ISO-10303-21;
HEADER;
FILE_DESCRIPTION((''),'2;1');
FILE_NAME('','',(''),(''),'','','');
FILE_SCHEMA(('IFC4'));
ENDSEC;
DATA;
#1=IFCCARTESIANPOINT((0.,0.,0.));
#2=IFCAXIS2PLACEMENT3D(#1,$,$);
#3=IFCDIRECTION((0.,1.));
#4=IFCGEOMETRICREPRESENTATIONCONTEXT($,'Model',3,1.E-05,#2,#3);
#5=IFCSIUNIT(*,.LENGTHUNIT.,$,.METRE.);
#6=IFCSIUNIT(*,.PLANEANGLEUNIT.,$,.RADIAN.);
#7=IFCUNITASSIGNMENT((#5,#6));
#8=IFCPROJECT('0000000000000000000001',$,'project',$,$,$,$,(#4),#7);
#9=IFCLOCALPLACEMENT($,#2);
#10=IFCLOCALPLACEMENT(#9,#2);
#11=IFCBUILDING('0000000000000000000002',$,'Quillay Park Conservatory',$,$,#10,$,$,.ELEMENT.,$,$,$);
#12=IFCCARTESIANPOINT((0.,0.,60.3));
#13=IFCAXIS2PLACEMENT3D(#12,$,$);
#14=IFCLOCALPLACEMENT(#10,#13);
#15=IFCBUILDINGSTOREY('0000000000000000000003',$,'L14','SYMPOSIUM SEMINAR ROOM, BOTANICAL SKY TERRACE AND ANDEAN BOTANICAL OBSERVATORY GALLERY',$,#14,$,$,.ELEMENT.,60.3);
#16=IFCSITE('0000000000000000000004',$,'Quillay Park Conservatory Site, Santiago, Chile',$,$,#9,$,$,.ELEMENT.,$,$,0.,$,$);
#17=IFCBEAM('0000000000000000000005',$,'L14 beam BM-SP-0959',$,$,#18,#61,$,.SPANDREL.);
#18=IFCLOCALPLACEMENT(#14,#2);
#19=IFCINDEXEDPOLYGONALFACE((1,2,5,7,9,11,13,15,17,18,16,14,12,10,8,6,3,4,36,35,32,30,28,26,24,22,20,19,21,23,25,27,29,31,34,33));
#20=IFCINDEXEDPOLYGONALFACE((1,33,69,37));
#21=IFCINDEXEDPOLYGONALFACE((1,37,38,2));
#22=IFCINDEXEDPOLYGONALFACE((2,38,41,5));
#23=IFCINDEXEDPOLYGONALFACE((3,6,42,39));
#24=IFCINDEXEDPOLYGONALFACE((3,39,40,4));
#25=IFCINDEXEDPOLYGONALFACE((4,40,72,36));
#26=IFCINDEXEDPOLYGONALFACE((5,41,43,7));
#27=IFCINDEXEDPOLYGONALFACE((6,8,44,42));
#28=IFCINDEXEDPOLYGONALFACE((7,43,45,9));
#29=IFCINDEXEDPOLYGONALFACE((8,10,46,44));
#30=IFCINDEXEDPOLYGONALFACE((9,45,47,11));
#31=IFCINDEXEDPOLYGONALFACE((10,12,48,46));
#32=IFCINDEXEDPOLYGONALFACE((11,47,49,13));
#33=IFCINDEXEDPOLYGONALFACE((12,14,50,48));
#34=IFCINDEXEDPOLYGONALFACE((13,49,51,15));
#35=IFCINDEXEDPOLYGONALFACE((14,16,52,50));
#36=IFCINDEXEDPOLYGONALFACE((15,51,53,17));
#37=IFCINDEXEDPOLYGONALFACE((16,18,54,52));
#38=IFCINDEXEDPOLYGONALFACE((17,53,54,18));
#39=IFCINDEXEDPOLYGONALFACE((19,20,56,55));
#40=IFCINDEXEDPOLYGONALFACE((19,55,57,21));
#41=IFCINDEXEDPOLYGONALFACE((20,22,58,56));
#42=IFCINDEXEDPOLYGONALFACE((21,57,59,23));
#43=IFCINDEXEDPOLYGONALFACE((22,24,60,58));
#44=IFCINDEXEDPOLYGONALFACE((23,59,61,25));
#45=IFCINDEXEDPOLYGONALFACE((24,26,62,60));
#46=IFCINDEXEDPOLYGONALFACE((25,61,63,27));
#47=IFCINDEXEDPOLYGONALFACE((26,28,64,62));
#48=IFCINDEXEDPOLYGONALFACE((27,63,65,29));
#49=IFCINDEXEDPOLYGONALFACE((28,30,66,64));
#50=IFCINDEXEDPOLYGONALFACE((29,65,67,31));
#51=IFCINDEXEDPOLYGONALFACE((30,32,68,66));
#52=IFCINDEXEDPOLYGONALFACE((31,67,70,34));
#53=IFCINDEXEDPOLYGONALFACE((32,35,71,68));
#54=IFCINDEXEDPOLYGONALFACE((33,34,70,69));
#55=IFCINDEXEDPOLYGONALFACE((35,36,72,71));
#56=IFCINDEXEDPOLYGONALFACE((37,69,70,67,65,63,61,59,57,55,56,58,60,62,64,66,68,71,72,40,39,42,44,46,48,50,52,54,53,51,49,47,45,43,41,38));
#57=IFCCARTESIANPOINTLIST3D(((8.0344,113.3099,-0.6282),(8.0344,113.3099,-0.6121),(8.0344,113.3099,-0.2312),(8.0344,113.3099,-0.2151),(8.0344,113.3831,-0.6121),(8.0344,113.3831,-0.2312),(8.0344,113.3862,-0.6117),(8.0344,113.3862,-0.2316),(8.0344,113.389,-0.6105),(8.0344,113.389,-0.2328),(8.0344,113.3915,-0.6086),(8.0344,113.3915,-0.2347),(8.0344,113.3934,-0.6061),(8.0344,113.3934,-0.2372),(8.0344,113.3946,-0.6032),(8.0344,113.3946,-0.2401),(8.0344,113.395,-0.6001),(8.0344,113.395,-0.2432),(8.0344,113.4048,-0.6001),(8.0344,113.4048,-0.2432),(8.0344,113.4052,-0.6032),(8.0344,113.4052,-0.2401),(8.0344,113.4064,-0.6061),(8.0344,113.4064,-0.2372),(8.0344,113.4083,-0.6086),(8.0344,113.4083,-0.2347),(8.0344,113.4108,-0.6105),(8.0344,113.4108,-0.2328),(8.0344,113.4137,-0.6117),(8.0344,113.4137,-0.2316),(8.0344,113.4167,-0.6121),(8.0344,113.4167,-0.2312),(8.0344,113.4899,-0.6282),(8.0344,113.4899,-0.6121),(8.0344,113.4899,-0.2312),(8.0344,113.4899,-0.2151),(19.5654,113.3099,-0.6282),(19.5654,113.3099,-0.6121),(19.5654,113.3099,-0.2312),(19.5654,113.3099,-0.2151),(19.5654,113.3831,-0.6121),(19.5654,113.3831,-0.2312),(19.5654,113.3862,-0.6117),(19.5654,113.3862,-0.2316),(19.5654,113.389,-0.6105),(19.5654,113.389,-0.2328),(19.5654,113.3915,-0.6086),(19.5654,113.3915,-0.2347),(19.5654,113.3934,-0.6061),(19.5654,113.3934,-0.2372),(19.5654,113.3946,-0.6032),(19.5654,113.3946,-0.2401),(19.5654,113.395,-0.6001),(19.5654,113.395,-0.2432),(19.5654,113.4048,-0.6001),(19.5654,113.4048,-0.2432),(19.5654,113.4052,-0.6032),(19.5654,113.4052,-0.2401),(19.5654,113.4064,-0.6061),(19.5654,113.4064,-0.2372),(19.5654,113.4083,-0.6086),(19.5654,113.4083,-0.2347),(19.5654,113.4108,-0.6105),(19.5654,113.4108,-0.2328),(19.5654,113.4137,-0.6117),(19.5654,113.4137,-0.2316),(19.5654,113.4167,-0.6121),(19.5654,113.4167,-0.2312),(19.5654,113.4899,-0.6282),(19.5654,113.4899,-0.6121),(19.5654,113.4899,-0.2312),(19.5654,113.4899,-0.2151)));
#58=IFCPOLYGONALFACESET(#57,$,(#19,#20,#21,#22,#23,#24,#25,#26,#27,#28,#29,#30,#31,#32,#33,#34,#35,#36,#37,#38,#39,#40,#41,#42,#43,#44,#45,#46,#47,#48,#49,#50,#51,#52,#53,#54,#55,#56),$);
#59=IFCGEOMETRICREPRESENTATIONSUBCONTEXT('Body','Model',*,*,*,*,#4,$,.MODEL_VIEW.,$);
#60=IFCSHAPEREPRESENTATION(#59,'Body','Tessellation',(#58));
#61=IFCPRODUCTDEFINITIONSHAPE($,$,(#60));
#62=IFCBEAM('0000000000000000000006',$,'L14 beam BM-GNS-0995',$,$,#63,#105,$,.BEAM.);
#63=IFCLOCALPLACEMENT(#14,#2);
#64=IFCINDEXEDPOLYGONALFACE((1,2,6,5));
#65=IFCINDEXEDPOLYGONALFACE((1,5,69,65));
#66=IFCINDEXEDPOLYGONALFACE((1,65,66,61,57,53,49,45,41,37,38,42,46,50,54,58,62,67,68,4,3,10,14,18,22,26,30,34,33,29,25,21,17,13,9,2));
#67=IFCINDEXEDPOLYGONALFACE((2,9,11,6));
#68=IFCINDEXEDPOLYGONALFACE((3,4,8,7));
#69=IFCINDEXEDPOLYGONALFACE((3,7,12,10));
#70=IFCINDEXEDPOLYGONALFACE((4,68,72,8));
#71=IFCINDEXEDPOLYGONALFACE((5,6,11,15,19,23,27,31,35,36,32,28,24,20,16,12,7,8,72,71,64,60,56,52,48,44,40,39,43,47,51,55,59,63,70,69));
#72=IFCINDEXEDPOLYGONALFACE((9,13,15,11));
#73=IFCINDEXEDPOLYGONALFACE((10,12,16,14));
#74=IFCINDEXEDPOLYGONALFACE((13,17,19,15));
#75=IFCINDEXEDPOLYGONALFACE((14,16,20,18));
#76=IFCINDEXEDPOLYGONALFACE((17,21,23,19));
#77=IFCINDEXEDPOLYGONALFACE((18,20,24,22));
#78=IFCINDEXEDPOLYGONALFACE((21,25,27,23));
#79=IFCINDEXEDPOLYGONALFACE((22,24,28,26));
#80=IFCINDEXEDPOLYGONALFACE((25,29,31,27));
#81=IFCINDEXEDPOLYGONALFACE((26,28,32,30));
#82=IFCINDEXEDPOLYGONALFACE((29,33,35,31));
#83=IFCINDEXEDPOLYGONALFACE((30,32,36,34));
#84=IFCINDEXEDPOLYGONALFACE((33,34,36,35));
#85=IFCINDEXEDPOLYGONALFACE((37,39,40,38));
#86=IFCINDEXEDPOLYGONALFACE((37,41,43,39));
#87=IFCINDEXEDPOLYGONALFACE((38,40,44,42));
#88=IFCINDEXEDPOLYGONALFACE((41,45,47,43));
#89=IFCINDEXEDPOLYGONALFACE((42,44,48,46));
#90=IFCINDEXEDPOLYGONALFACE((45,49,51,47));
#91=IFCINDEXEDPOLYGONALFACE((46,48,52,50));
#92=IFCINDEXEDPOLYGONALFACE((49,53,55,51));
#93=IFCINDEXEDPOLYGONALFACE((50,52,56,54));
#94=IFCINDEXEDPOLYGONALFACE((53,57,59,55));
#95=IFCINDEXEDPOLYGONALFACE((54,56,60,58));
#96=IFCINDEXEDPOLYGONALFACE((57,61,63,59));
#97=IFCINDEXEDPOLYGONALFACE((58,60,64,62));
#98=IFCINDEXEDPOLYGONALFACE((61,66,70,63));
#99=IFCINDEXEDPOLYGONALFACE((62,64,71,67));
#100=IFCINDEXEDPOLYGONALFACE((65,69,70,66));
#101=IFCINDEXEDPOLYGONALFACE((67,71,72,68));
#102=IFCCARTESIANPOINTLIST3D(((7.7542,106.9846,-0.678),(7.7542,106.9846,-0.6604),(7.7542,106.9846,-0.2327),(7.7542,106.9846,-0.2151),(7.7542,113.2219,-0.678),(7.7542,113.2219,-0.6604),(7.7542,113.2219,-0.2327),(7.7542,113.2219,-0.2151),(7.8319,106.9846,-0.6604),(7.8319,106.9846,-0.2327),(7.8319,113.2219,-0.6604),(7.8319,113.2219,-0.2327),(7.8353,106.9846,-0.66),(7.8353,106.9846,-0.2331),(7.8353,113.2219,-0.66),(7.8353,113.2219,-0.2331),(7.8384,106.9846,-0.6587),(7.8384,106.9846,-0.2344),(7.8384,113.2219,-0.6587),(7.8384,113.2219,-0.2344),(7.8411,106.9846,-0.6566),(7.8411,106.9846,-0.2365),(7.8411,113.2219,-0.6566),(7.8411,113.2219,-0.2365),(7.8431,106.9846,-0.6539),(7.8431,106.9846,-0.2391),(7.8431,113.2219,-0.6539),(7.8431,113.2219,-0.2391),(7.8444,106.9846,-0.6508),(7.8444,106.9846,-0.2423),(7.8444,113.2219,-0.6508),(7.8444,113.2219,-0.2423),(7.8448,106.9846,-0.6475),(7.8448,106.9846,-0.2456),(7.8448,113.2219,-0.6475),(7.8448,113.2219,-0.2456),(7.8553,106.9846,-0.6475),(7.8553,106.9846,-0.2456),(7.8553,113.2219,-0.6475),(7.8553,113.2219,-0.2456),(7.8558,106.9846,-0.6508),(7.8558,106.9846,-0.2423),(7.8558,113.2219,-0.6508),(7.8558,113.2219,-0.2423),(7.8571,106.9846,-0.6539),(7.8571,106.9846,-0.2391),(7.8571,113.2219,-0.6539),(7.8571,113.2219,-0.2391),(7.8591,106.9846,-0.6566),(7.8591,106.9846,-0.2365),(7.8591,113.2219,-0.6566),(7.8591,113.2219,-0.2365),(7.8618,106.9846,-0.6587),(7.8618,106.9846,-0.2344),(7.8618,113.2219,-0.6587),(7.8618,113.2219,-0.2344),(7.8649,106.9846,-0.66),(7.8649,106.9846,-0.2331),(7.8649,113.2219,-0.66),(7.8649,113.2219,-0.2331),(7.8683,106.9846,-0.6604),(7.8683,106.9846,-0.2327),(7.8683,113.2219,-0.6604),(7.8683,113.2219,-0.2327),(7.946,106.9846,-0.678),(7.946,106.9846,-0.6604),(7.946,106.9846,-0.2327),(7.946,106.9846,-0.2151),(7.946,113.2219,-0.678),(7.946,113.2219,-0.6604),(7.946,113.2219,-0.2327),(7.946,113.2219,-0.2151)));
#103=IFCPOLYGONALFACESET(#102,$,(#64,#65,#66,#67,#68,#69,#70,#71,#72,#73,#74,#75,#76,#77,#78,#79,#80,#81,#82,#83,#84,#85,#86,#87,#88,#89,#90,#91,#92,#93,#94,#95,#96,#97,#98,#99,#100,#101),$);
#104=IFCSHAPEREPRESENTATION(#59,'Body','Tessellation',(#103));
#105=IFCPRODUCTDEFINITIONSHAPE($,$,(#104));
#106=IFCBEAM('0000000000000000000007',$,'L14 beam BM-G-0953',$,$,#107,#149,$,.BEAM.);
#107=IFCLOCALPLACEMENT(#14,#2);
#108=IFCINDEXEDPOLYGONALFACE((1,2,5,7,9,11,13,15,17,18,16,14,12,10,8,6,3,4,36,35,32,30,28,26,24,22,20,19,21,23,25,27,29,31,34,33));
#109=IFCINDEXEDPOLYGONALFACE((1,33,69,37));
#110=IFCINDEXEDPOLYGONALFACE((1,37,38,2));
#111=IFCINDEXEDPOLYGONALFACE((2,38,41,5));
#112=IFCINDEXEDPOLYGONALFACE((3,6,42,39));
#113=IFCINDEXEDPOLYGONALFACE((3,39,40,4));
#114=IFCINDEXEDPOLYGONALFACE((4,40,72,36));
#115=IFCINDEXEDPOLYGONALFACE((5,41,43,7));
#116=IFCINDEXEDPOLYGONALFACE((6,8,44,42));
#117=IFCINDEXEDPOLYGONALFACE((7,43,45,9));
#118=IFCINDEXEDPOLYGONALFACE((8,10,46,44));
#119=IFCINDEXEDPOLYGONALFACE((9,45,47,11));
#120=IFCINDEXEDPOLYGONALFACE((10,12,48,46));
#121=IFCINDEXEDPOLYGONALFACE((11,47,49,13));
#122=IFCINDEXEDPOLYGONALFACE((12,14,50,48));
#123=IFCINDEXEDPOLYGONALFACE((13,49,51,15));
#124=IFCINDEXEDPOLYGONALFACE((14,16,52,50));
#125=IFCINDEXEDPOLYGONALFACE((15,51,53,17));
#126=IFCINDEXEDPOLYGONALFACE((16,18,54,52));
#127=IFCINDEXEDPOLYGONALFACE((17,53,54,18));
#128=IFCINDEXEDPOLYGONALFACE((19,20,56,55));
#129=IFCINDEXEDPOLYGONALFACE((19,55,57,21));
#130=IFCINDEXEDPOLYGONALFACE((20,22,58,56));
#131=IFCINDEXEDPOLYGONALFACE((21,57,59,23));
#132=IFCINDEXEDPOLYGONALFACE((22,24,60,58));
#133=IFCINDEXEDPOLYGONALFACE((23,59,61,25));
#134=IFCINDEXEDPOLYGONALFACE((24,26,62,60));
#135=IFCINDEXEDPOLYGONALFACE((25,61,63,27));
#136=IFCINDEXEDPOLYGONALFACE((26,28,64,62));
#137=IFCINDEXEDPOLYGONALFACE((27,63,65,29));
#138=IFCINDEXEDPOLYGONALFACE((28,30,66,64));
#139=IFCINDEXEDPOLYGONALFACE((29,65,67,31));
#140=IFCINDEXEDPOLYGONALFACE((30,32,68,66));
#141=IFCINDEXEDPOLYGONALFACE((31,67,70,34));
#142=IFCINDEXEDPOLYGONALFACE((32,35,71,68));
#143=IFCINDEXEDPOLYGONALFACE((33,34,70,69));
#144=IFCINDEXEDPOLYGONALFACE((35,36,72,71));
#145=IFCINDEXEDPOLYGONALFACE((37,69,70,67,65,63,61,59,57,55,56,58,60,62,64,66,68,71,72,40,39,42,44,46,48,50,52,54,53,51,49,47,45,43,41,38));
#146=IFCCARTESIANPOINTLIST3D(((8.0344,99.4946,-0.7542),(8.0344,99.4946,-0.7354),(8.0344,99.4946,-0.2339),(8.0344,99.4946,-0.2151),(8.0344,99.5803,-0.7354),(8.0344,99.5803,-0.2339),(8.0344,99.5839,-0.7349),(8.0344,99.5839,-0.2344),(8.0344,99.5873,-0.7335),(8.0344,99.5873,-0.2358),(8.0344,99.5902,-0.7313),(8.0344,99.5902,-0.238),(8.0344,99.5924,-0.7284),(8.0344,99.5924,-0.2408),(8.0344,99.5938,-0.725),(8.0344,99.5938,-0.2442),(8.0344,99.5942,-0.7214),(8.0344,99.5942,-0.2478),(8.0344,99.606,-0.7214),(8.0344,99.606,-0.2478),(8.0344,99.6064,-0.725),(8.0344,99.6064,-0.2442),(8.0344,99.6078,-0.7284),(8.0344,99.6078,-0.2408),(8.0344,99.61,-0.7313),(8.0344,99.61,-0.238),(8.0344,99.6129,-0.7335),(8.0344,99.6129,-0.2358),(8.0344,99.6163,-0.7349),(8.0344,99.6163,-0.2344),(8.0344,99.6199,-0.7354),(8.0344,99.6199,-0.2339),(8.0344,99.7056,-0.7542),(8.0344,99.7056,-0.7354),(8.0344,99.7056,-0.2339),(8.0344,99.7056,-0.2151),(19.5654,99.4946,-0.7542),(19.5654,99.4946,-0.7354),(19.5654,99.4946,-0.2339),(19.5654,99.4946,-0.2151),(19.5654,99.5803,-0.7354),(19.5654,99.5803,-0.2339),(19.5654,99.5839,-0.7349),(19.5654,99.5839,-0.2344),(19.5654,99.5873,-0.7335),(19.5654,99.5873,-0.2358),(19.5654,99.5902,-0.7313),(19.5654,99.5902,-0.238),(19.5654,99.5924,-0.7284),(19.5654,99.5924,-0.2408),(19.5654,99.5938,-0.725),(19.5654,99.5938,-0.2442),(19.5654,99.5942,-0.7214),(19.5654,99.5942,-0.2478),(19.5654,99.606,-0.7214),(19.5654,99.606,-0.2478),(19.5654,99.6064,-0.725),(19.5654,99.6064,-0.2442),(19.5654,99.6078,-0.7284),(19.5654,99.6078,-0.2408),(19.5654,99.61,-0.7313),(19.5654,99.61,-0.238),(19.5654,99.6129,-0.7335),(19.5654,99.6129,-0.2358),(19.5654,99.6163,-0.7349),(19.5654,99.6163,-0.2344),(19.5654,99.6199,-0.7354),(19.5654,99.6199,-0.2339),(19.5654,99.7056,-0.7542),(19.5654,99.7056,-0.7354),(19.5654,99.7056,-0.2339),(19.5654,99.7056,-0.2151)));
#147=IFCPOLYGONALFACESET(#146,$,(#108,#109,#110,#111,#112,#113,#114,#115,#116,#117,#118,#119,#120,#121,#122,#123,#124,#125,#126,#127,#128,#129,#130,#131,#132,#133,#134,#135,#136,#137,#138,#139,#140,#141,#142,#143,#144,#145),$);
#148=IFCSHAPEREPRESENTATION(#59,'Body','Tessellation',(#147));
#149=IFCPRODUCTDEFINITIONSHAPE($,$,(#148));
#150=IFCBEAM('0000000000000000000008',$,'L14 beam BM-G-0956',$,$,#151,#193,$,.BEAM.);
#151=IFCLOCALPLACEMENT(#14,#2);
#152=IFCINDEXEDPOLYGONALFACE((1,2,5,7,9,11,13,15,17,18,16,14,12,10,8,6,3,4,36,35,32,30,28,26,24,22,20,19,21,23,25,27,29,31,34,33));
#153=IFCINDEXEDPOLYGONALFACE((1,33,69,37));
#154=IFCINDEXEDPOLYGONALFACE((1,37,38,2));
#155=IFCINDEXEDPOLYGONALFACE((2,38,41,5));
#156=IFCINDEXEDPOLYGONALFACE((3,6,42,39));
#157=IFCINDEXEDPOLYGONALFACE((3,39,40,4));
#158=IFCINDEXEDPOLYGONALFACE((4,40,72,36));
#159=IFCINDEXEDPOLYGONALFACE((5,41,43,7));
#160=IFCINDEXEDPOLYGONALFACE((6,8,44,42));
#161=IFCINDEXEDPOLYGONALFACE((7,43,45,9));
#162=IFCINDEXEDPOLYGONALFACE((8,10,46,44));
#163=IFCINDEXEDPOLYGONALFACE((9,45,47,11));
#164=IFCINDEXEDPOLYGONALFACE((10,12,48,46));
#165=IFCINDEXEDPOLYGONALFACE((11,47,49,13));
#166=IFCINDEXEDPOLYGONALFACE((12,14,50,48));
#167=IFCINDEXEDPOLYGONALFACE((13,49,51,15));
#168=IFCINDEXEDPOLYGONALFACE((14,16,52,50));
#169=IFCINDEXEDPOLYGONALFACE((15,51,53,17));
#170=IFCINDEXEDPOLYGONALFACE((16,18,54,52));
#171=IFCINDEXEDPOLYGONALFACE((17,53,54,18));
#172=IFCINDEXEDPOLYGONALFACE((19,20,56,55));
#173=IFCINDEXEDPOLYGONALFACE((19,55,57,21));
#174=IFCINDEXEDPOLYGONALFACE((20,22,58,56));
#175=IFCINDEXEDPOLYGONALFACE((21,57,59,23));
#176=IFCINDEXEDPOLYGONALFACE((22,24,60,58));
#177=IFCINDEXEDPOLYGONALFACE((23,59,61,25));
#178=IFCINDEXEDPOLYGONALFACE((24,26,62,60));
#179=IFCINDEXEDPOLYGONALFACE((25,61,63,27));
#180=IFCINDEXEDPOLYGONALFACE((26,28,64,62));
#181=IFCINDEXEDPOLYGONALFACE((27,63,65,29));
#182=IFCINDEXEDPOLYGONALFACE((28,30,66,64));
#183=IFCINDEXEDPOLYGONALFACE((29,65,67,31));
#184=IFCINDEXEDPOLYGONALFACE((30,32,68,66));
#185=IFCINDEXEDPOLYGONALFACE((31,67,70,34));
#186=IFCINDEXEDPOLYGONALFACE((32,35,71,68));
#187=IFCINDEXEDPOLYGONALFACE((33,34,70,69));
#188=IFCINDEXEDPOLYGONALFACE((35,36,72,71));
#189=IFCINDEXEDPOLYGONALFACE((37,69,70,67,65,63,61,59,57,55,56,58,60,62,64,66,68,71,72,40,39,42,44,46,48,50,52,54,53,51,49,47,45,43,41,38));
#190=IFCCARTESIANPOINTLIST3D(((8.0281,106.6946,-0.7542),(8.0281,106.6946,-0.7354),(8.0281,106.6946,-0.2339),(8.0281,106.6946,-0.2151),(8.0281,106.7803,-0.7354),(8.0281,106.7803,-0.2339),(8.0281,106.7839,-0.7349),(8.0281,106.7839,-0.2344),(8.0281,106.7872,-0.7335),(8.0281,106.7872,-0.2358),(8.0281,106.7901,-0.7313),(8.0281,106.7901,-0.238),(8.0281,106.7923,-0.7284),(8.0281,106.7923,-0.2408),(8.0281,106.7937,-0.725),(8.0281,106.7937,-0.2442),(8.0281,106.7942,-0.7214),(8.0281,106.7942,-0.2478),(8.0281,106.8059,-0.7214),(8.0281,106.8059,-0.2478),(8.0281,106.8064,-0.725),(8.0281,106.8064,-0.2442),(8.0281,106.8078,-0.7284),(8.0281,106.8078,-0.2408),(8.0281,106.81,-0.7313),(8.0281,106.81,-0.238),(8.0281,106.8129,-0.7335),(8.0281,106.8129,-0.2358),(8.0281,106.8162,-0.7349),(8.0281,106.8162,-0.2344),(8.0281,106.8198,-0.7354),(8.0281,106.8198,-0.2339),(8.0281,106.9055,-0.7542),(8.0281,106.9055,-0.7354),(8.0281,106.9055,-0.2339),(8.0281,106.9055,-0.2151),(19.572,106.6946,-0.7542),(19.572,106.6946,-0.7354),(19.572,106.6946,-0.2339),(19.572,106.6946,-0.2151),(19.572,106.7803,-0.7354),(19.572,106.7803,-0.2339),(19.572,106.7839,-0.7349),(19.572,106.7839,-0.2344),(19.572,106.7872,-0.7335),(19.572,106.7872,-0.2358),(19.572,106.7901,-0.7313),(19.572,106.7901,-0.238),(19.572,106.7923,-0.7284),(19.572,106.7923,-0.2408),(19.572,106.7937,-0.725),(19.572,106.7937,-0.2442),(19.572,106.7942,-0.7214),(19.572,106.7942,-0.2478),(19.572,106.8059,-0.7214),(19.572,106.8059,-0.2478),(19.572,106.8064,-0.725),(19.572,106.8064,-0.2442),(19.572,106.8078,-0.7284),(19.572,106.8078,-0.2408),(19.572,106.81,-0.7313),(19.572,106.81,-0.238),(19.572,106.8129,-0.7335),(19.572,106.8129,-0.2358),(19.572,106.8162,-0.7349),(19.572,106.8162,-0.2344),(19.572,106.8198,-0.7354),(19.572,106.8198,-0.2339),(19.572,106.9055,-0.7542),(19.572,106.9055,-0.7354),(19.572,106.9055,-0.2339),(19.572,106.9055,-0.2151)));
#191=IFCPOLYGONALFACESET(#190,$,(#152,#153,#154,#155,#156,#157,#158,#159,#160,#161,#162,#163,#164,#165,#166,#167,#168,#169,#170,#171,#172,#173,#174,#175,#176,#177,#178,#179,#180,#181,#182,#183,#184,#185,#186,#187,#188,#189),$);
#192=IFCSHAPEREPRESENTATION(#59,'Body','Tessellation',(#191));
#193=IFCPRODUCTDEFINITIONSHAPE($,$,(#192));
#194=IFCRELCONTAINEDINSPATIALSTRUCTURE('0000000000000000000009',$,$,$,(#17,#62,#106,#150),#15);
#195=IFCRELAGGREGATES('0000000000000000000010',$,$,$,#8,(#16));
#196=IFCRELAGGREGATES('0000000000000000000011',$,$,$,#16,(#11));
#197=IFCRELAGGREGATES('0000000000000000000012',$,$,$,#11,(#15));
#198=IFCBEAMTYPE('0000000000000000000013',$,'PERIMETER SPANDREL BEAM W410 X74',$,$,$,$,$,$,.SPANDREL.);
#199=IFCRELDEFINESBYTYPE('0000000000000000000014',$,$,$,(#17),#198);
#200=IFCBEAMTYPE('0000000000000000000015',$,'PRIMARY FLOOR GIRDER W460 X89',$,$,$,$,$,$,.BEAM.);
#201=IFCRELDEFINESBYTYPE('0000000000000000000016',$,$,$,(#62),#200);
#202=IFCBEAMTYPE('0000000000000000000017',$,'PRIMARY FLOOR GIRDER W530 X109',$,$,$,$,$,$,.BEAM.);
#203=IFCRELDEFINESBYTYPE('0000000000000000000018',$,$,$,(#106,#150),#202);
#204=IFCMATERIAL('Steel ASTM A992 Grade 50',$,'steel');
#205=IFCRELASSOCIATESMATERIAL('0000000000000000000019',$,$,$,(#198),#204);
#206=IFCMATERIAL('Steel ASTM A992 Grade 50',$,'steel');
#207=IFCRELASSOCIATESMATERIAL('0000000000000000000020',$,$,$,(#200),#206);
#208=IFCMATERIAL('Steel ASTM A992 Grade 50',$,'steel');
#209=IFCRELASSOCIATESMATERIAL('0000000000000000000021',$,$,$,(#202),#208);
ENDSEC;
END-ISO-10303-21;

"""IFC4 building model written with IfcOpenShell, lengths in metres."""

from ifc_helpers import new_model, si_unit, direction, frame, origin, origin_2d, place, context, subcontext, project, spatial, i_section, extrude, material, material_profile, profile_set, type_object, element, save


model = new_model("IFC4")

# Units and contexts
model_context = context("Model", 3, precision=1e-05, world=origin(), true_north=direction((0.0, 1.0)))
body_context = subcontext(model_context, "Body", "Model", "MODEL_VIEW")
ifc_project = project(units=[si_unit("LENGTHUNIT", "METRE"), si_unit("PLANEANGLEUNIT", "RADIAN")], contexts=[model_context])

# Site, building, storey
site_placement = place(None, origin())
site = spatial("IfcSite", under=ifc_project, at=site_placement, Name="Quillay Park Conservatory Site, Santiago, Chile", CompositionType="ELEMENT", RefElevation=0.0)
building_placement = place(site_placement, origin())
building = spatial("IfcBuilding", under=site, at=building_placement, Name="Quillay Park Conservatory", CompositionType="ELEMENT")
storey_placement = place(building_placement, frame((0.0, 0.0, 60.3)))
storey = spatial("IfcBuildingStorey", under=building, at=storey_placement, Name="L14", Description="SYMPOSIUM SEMINAR ROOM, BOTANICAL SKY TERRACE AND ANDEAN BOTANICAL OBSERVATORY GALLERY", CompositionType="ELEMENT", Elevation=60.3)

# Beams
ifc_material_1 = material(Name="Steel ASTM A992 Grade 50", Category="steel")
ifc_material_profile_1 = material_profile(ifc_material_1, i_section(OverallWidth=0.1799, OverallDepth=0.4131, WebThickness=0.0098, FlangeThickness=0.0161, FilletRadius=0.012, at=origin_2d()), Name="W410x74")
ifc_profile_set_1 = profile_set([ifc_material_profile_1], Name="Steel ASTM A992 Grade 50")
beam_type_1 = type_object("IfcBeamType", Name="PERIMETER SPANDREL BEAM W410 X74", PredefinedType="SPANDREL", material=ifc_profile_set_1)
beam_1_placement = place(storey_placement, frame((8.0344, 113.3999, -0.4216), z_axis=(1.0, 0.0, 0.0), x_axis=(0.0, 1.0, 0.0)))
element("IfcBeam", 1, at=beam_1_placement, inside=storey, type_object=beam_type_1, Name="L14 beam BM-SP-0959", PredefinedType="SPANDREL", context=body_context, shape_type="SweptSolid", body=[
    extrude(i_section(OverallWidth=0.1799, OverallDepth=0.4131, WebThickness=0.0098, FlangeThickness=0.0161, FilletRadius=0.012, at=origin_2d()), origin(), (0.0, 0.0, 1.0), 11.531),
])
ifc_material_2 = material(Name="Steel ASTM A992 Grade 50", Category="steel")
ifc_material_profile_2 = material_profile(ifc_material_2, i_section(OverallWidth=0.1919, OverallDepth=0.4629, WebThickness=0.0105, FlangeThickness=0.0176, FilletRadius=0.0129, at=origin_2d()), Name="W460x89")
ifc_profile_set_2 = profile_set([ifc_material_profile_2], Name="Steel ASTM A992 Grade 50")
beam_type_2 = type_object("IfcBeamType", Name="PRIMARY FLOOR GIRDER W460 X89", PredefinedType="BEAM", material=ifc_profile_set_2)
beam_2_placement = place(storey_placement, frame((7.8501, 106.9846, -0.4465), z_axis=(0.0, 1.0, 0.0), x_axis=(-1.0, 0.0, 0.0)))
element("IfcBeam", 2, at=beam_2_placement, inside=storey, type_object=beam_type_2, Name="L14 beam BM-GNS-0995", PredefinedType="BEAM", context=body_context, shape_type="SweptSolid", body=[
    extrude(i_section(OverallWidth=0.1919, OverallDepth=0.4629, WebThickness=0.0105, FlangeThickness=0.0176, FilletRadius=0.0129, at=origin_2d()), origin(), (0.0, 0.0, 1.0), 6.2373),
])
ifc_material_3 = material(Name="Steel ASTM A992 Grade 50", Category="steel")
ifc_material_profile_3 = material_profile(ifc_material_3, i_section(OverallWidth=0.2109, OverallDepth=0.5391, WebThickness=0.0117, FlangeThickness=0.0188, FilletRadius=0.0139, at=origin_2d()), Name="W530x109")
ifc_profile_set_3 = profile_set([ifc_material_profile_3], Name="Steel ASTM A992 Grade 50")
beam_type_3 = type_object("IfcBeamType", Name="PRIMARY FLOOR GIRDER W530 X109", PredefinedType="BEAM", material=ifc_profile_set_3)
beam_3_placement = place(storey_placement, frame((8.0344, 99.6001, -0.4846), z_axis=(1.0, 0.0, 0.0), x_axis=(0.0, 1.0, 0.0)))
element("IfcBeam", 3, at=beam_3_placement, inside=storey, type_object=beam_type_3, Name="L14 beam BM-G-0953", PredefinedType="BEAM", context=body_context, shape_type="SweptSolid", body=[
    extrude(i_section(OverallWidth=0.2109, OverallDepth=0.5391, WebThickness=0.0117, FlangeThickness=0.0188, FilletRadius=0.0139, at=origin_2d()), origin(), (0.0, 0.0, 1.0), 11.531),
])
beam_4_placement = place(storey_placement, frame((8.0281, 106.8, -0.4846), z_axis=(1.0, 0.0, 0.0), x_axis=(0.0, 1.0, 0.0)))
element("IfcBeam", 4, at=beam_4_placement, inside=storey, type_object=beam_type_3, Name="L14 beam BM-G-0956", PredefinedType="BEAM", context=body_context, shape_type="SweptSolid", body=[
    extrude(i_section(OverallWidth=0.2109, OverallDepth=0.5391, WebThickness=0.0117, FlangeThickness=0.0188, FilletRadius=0.0139, at=origin_2d()), origin(), (0.0, 0.0, 1.0), 11.5439),
])

save(model, "model.ifc")
